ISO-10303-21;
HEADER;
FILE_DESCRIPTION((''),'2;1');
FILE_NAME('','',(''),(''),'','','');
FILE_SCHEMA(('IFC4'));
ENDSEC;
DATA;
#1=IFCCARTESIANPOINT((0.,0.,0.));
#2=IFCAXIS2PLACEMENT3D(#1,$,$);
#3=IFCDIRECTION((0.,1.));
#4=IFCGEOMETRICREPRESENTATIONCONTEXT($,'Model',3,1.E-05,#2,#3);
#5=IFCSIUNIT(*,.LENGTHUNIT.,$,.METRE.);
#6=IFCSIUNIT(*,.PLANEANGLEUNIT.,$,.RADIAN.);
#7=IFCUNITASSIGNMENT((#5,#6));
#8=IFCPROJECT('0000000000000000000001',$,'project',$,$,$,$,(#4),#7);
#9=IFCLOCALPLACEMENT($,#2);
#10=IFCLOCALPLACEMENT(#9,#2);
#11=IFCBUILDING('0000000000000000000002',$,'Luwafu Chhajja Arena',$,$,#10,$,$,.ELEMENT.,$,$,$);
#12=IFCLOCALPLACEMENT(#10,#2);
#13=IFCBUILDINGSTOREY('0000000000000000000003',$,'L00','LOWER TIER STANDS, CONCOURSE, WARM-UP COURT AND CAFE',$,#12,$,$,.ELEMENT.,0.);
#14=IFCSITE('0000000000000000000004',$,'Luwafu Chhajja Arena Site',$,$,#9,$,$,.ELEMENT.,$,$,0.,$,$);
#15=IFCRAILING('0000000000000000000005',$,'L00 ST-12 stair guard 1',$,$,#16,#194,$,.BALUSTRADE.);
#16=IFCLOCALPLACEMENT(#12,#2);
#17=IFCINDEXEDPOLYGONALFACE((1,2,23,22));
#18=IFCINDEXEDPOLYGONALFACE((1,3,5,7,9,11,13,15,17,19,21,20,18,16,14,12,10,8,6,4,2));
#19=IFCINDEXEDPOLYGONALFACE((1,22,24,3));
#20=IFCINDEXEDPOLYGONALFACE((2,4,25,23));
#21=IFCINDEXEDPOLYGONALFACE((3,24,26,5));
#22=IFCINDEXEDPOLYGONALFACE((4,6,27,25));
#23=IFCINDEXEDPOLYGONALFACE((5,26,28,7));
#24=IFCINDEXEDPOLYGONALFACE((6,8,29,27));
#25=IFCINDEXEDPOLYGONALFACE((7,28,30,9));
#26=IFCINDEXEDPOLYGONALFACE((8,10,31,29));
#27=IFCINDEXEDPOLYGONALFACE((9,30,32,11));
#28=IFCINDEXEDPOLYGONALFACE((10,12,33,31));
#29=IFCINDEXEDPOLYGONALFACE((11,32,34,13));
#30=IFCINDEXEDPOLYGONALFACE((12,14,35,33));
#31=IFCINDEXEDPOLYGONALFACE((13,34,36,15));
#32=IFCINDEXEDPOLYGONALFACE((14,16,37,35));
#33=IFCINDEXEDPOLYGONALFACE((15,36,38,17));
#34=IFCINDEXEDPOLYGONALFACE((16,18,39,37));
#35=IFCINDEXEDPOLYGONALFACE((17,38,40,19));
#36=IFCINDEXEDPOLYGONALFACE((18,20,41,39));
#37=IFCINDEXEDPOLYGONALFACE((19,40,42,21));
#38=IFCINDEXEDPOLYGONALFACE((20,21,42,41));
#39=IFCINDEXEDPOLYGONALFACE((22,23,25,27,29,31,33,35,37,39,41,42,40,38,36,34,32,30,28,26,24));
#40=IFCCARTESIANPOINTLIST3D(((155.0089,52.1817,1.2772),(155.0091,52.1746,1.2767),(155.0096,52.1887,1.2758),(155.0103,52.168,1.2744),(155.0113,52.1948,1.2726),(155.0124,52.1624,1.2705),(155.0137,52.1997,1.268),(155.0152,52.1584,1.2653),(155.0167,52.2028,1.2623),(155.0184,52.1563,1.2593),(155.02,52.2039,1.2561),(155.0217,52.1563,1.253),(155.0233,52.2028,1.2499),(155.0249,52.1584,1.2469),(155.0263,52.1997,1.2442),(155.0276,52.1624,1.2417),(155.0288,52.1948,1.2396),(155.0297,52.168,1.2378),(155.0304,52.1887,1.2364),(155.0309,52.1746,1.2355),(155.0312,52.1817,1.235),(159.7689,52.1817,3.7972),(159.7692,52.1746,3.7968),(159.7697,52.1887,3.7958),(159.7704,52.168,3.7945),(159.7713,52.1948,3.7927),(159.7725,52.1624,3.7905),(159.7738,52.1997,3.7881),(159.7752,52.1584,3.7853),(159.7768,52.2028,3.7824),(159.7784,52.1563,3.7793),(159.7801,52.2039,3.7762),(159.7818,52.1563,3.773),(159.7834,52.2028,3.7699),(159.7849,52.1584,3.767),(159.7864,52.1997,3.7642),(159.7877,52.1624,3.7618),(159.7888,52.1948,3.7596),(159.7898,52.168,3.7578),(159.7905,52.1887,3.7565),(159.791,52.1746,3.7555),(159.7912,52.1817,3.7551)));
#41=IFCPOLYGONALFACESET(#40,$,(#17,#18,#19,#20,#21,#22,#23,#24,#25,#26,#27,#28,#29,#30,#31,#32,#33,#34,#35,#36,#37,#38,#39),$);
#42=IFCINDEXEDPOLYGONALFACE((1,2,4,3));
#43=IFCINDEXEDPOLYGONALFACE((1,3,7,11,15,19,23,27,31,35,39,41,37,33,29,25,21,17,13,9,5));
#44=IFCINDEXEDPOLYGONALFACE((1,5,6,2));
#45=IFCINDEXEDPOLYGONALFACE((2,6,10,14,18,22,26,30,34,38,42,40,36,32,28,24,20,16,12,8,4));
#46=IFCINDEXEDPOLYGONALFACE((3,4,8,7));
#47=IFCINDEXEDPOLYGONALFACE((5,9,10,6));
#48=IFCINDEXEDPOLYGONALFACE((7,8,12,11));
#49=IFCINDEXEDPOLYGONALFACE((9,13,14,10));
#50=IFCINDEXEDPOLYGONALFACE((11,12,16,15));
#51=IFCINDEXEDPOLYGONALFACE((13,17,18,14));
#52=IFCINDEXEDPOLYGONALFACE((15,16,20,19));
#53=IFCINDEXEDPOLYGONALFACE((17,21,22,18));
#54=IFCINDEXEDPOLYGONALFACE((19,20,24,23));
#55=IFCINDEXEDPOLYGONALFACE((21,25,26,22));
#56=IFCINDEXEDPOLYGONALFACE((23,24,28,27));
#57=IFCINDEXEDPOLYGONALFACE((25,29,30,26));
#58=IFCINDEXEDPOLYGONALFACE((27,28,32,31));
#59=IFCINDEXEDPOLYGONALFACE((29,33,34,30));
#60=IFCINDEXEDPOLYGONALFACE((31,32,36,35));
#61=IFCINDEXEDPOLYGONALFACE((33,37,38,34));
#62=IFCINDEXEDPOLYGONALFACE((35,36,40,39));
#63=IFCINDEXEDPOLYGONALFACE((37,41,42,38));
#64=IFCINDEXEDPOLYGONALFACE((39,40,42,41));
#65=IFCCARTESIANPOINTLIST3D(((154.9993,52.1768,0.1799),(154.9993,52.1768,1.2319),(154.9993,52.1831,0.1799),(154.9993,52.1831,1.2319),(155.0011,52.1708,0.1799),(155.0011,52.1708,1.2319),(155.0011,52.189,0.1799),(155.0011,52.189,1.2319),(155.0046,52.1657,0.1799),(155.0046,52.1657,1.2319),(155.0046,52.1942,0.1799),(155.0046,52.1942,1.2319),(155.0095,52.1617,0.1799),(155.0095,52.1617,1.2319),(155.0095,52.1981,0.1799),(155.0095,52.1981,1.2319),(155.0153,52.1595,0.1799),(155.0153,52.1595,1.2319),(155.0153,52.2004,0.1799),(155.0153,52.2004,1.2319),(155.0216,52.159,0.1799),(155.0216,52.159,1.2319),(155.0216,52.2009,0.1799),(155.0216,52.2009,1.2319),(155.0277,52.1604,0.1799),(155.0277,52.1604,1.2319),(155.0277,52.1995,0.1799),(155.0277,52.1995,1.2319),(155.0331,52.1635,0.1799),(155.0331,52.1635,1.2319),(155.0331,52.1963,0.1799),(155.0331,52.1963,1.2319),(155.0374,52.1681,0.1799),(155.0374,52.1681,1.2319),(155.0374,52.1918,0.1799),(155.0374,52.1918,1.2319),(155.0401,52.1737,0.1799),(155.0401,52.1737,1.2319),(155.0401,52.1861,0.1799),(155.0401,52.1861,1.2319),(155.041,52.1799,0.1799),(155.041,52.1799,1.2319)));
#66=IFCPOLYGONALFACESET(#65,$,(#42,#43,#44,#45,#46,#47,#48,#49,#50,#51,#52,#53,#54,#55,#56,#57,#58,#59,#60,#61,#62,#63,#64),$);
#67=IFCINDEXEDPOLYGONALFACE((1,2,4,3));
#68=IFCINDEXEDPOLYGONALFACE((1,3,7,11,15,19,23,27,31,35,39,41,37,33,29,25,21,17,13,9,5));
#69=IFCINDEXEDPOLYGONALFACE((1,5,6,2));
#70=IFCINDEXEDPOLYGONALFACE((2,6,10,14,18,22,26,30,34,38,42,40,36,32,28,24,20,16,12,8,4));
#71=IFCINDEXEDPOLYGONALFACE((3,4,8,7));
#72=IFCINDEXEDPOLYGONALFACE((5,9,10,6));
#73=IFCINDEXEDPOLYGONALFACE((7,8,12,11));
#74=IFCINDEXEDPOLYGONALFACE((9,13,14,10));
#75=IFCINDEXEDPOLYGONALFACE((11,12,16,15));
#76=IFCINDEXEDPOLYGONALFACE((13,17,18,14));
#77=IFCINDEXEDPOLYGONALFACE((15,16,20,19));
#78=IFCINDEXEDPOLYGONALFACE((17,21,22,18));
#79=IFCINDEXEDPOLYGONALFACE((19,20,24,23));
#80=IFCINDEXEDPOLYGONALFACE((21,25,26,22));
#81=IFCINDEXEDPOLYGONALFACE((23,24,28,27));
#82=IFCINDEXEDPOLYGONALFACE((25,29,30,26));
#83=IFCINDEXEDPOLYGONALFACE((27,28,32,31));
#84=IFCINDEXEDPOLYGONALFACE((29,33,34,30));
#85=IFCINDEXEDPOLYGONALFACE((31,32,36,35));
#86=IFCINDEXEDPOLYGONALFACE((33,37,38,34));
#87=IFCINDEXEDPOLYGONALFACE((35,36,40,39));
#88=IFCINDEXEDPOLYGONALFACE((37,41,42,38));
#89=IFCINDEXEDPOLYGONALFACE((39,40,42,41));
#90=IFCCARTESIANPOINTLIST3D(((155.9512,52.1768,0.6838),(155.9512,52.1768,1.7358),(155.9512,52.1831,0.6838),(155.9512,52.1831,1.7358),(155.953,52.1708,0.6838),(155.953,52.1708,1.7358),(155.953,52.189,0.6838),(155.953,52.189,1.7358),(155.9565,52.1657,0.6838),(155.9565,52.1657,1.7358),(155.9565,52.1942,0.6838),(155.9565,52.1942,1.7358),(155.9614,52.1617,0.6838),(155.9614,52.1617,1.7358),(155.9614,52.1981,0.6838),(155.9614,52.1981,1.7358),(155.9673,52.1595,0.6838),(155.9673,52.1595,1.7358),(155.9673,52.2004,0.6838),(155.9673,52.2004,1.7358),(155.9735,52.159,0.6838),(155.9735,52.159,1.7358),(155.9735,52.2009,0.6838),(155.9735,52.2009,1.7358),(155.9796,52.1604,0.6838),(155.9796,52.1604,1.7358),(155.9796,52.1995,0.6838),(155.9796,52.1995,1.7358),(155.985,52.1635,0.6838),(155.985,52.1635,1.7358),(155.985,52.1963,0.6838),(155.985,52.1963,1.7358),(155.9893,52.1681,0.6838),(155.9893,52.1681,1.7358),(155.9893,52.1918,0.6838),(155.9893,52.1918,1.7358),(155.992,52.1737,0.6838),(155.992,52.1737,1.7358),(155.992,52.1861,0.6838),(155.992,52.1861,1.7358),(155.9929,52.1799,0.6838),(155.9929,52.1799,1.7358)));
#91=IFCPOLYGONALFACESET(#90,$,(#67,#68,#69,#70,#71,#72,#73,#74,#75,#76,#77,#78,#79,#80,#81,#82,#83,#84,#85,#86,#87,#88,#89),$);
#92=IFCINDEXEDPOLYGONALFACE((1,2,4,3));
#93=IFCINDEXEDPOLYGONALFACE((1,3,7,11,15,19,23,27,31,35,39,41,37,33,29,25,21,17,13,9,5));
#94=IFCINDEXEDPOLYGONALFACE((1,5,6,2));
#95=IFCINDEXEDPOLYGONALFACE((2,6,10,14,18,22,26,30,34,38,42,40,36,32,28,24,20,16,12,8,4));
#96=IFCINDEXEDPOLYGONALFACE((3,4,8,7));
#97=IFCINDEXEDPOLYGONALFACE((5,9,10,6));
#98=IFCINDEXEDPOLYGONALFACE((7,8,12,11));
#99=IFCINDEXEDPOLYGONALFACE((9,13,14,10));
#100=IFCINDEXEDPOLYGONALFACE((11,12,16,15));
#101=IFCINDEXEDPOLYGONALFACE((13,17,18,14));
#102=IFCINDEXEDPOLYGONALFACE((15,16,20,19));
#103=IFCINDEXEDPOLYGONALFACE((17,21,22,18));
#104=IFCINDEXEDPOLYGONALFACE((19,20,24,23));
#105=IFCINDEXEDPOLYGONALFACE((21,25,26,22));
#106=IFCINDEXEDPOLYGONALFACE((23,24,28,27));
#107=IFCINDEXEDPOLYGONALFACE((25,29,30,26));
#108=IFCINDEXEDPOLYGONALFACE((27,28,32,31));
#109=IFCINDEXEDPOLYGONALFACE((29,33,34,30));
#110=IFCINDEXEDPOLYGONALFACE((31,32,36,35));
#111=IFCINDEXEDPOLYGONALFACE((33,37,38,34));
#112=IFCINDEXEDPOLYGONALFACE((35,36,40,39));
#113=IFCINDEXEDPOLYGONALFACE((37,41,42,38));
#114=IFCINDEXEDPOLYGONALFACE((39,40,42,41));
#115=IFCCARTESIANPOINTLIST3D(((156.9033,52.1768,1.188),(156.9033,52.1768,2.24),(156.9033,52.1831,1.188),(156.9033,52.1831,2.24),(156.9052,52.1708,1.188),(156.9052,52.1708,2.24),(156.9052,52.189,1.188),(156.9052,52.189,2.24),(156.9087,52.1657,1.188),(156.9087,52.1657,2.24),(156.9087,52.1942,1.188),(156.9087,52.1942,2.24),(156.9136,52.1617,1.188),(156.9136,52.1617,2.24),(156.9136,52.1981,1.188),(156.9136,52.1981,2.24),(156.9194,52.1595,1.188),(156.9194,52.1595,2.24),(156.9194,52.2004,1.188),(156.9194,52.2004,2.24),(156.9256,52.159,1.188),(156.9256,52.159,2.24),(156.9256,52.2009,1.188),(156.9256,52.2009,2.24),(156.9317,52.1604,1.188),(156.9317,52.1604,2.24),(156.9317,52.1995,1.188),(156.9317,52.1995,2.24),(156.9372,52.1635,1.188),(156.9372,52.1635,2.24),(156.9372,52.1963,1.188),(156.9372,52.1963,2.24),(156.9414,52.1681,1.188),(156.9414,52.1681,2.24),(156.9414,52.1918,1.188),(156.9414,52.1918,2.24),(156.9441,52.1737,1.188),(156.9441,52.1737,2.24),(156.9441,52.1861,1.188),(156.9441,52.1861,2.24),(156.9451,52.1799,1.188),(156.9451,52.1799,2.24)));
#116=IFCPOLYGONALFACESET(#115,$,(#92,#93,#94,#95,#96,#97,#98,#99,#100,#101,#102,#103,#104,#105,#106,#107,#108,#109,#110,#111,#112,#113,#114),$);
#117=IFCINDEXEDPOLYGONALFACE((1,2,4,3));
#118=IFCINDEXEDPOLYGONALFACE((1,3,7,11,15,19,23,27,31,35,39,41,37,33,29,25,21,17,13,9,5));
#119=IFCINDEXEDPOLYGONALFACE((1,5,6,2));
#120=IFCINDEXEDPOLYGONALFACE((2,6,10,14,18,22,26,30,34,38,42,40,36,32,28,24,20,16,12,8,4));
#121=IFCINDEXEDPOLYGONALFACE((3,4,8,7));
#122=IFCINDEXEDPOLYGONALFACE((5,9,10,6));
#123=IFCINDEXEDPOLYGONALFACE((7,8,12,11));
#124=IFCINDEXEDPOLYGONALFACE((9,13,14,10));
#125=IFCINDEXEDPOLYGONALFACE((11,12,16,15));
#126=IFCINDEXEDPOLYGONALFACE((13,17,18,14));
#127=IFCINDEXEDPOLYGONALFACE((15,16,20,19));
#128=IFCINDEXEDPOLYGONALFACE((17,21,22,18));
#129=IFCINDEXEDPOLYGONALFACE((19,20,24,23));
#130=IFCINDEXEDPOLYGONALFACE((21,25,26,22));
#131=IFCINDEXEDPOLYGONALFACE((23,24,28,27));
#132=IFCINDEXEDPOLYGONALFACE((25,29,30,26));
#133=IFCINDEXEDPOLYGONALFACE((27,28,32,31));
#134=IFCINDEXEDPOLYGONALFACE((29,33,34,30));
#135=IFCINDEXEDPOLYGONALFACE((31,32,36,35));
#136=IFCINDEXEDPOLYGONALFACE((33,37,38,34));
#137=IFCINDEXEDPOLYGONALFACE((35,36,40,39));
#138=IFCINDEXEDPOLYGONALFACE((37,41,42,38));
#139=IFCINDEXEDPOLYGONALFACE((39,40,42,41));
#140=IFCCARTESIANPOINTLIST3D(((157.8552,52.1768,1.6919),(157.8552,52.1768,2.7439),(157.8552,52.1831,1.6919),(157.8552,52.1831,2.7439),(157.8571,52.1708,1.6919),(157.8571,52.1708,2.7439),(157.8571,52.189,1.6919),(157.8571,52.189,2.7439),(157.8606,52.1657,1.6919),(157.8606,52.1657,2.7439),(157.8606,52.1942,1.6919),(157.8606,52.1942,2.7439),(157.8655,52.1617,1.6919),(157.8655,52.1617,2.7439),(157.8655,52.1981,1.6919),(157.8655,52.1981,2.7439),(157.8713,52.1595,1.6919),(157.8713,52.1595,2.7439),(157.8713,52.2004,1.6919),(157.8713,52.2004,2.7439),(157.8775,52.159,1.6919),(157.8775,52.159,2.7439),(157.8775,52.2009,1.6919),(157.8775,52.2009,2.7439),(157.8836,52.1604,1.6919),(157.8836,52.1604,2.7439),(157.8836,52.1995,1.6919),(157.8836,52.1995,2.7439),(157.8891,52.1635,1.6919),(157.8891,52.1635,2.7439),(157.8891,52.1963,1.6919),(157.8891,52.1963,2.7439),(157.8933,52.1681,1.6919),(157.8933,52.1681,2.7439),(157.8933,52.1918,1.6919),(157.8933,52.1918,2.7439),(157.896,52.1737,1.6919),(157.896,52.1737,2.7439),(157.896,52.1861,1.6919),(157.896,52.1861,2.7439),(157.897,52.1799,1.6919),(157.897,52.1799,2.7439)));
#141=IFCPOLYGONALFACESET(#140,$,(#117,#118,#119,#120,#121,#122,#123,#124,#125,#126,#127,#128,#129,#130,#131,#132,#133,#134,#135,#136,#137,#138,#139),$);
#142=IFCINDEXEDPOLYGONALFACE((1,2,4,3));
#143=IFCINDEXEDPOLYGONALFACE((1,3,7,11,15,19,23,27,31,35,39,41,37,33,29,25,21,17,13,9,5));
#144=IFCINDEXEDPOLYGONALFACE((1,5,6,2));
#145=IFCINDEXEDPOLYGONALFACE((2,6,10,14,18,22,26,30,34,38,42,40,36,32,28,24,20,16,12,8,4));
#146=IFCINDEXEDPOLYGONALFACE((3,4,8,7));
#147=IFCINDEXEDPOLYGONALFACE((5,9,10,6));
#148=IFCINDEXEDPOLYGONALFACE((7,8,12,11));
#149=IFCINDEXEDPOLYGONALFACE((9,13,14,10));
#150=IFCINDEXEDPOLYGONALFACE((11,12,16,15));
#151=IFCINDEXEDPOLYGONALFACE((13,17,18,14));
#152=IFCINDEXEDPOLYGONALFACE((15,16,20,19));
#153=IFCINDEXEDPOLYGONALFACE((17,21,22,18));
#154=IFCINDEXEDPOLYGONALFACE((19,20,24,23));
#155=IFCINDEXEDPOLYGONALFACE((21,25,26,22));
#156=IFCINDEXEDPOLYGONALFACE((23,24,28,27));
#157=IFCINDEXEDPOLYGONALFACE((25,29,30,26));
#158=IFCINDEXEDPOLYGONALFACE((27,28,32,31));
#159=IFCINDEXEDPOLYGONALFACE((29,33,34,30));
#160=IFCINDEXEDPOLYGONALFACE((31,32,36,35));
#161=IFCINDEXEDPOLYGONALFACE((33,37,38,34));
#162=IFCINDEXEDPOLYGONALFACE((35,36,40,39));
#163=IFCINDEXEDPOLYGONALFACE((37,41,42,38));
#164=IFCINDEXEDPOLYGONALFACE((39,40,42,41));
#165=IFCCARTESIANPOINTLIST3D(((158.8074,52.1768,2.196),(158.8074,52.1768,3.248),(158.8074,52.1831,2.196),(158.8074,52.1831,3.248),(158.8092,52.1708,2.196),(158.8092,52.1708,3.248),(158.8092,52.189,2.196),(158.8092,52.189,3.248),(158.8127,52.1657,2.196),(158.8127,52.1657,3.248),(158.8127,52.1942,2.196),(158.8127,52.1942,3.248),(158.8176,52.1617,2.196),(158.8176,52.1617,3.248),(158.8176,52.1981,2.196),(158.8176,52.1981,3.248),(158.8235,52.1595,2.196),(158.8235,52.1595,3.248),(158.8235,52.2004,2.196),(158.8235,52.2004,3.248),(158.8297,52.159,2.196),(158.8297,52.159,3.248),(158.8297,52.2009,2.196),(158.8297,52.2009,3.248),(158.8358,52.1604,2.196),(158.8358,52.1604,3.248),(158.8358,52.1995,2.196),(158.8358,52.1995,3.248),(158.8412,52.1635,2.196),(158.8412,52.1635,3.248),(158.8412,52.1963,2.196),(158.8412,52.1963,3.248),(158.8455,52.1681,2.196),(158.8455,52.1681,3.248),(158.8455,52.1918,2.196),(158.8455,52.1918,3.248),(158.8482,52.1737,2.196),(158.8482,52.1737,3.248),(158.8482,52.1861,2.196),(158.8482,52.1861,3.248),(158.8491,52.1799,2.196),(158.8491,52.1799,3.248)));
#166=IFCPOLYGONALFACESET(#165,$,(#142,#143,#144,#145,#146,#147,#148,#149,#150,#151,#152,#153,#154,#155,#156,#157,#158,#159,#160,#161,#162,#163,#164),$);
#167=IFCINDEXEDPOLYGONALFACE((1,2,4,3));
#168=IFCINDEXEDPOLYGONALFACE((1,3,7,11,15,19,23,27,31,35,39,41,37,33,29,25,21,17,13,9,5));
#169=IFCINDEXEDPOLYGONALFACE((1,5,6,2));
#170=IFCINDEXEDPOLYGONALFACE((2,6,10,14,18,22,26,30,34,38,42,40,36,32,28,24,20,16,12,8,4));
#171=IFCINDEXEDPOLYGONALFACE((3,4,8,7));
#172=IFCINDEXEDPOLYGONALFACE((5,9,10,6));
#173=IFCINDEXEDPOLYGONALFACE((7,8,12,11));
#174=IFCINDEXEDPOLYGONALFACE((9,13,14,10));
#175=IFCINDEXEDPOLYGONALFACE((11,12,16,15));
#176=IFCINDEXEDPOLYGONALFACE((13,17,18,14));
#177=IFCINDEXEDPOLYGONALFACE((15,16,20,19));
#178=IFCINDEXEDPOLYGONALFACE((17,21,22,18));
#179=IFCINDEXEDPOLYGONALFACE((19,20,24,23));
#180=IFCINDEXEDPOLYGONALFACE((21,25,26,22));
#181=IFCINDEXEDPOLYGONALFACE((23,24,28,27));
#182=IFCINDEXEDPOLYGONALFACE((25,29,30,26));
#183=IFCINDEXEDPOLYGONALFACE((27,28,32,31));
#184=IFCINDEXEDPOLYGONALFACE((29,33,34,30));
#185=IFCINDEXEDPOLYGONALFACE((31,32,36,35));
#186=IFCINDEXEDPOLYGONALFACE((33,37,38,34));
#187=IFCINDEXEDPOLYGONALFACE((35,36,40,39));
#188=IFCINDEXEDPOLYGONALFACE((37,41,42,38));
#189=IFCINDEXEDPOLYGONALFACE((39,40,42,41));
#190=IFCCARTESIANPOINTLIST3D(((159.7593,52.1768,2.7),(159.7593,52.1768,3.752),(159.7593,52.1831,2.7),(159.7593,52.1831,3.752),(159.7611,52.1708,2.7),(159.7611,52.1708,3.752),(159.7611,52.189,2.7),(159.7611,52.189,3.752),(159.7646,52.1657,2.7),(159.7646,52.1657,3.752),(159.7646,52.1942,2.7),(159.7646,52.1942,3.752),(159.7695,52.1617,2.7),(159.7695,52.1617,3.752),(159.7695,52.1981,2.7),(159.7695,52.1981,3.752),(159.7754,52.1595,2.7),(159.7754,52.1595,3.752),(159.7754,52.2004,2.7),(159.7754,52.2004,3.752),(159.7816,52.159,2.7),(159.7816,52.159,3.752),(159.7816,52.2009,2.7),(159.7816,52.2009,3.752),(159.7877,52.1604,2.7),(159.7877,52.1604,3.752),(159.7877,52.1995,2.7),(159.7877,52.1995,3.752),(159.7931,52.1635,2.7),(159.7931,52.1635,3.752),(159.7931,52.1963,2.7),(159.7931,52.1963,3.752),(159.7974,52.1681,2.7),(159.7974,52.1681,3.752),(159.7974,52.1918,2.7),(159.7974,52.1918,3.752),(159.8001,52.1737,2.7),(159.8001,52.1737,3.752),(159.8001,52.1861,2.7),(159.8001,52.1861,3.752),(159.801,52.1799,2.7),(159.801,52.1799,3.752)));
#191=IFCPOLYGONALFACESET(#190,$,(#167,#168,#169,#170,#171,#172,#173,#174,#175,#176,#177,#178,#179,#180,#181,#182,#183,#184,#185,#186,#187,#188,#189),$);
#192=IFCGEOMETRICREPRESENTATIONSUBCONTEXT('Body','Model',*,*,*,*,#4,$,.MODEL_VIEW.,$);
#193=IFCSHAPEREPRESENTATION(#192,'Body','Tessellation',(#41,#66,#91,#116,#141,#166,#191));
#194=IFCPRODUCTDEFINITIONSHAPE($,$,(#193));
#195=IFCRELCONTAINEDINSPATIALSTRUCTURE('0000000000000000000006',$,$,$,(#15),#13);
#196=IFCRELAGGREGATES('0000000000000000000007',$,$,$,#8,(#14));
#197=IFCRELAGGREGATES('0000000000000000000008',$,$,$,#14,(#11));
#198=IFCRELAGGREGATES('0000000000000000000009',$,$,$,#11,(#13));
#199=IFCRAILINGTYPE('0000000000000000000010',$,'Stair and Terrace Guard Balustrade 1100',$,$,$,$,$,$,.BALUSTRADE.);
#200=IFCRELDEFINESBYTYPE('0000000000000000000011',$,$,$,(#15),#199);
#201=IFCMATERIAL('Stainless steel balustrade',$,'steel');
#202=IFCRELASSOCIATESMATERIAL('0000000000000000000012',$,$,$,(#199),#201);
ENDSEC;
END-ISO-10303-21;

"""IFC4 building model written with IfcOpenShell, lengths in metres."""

from ifc_helpers import new_model, si_unit, direction, frame, origin, origin_2d, place, context, subcontext, project, spatial, circle, extrude, material, type_object, element, save


model = new_model("IFC4")

# Units and contexts
model_context = context("Model", 3, precision=1e-05, world=origin(), true_north=direction((0.0, 1.0)))
body_context = subcontext(model_context, "Body", "Model", "MODEL_VIEW")
ifc_project = project(units=[si_unit("LENGTHUNIT", "METRE"), si_unit("PLANEANGLEUNIT", "RADIAN")], contexts=[model_context])

# Site, building, storey
site_placement = place(None, origin())
site = spatial("IfcSite", under=ifc_project, at=site_placement, Name="Luwafu Chhajja Arena Site", CompositionType="ELEMENT", RefElevation=0.0)
building_placement = place(site_placement, origin())
building = spatial("IfcBuilding", under=site, at=building_placement, Name="Luwafu Chhajja Arena", CompositionType="ELEMENT")
storey_placement = place(building_placement, origin())
storey = spatial("IfcBuildingStorey", under=building, at=storey_placement, Name="L00", Description="LOWER TIER STANDS, CONCOURSE, WARM-UP COURT AND CAFE", CompositionType="ELEMENT", Elevation=0.0)

# Railing
ifc_material_1 = material(Name="Stainless steel balustrade", Category="steel")
railing_type_1 = type_object("IfcRailingType", Name="Stair and Terrace Guard Balustrade 1100", PredefinedType="BALUSTRADE", material=ifc_material_1)
railing_1_placement = place(storey_placement, frame((155.02, 52.1799, 0.1799)))
element("IfcRailing", 1, at=railing_1_placement, inside=storey, type_object=railing_type_1, Name="L00 ST-12 stair guard 1", PredefinedType="BALUSTRADE", context=body_context, shape_type="SweptSolid", body=[
    extrude(circle(Radius=0.0239, at=origin_2d()), frame((0.0, 0.0, 1.0762), z_axis=(0.883787, 0.0, 0.46789), x_axis=(0.0, 1.0, 0.0)), (0.0, 0.0, 1.0), 5.386),
    extrude(circle(Radius=0.021, at=origin_2d()), origin(), (0.0, 0.0, 1.0), 1.052),
    extrude(circle(Radius=0.021, at=origin_2d()), frame((0.9519, 0.0, 0.5039)), (0.0, 0.0, 1.0), 1.052),
    extrude(circle(Radius=0.021, at=origin_2d()), frame((1.9041, 0.0, 1.0081)), (0.0, 0.0, 1.0), 1.052),
    extrude(circle(Radius=0.021, at=origin_2d()), frame((2.856, 0.0, 1.512)), (0.0, 0.0, 1.0), 1.052),
    extrude(circle(Radius=0.021, at=origin_2d()), frame((3.8081, 0.0, 2.0161)), (0.0, 0.0, 1.0), 1.052),
    extrude(circle(Radius=0.021, at=origin_2d()), frame((4.76, 0.0, 2.52)), (0.0, 0.0, 1.0), 1.052),
])

save(model, "model.ifc")
